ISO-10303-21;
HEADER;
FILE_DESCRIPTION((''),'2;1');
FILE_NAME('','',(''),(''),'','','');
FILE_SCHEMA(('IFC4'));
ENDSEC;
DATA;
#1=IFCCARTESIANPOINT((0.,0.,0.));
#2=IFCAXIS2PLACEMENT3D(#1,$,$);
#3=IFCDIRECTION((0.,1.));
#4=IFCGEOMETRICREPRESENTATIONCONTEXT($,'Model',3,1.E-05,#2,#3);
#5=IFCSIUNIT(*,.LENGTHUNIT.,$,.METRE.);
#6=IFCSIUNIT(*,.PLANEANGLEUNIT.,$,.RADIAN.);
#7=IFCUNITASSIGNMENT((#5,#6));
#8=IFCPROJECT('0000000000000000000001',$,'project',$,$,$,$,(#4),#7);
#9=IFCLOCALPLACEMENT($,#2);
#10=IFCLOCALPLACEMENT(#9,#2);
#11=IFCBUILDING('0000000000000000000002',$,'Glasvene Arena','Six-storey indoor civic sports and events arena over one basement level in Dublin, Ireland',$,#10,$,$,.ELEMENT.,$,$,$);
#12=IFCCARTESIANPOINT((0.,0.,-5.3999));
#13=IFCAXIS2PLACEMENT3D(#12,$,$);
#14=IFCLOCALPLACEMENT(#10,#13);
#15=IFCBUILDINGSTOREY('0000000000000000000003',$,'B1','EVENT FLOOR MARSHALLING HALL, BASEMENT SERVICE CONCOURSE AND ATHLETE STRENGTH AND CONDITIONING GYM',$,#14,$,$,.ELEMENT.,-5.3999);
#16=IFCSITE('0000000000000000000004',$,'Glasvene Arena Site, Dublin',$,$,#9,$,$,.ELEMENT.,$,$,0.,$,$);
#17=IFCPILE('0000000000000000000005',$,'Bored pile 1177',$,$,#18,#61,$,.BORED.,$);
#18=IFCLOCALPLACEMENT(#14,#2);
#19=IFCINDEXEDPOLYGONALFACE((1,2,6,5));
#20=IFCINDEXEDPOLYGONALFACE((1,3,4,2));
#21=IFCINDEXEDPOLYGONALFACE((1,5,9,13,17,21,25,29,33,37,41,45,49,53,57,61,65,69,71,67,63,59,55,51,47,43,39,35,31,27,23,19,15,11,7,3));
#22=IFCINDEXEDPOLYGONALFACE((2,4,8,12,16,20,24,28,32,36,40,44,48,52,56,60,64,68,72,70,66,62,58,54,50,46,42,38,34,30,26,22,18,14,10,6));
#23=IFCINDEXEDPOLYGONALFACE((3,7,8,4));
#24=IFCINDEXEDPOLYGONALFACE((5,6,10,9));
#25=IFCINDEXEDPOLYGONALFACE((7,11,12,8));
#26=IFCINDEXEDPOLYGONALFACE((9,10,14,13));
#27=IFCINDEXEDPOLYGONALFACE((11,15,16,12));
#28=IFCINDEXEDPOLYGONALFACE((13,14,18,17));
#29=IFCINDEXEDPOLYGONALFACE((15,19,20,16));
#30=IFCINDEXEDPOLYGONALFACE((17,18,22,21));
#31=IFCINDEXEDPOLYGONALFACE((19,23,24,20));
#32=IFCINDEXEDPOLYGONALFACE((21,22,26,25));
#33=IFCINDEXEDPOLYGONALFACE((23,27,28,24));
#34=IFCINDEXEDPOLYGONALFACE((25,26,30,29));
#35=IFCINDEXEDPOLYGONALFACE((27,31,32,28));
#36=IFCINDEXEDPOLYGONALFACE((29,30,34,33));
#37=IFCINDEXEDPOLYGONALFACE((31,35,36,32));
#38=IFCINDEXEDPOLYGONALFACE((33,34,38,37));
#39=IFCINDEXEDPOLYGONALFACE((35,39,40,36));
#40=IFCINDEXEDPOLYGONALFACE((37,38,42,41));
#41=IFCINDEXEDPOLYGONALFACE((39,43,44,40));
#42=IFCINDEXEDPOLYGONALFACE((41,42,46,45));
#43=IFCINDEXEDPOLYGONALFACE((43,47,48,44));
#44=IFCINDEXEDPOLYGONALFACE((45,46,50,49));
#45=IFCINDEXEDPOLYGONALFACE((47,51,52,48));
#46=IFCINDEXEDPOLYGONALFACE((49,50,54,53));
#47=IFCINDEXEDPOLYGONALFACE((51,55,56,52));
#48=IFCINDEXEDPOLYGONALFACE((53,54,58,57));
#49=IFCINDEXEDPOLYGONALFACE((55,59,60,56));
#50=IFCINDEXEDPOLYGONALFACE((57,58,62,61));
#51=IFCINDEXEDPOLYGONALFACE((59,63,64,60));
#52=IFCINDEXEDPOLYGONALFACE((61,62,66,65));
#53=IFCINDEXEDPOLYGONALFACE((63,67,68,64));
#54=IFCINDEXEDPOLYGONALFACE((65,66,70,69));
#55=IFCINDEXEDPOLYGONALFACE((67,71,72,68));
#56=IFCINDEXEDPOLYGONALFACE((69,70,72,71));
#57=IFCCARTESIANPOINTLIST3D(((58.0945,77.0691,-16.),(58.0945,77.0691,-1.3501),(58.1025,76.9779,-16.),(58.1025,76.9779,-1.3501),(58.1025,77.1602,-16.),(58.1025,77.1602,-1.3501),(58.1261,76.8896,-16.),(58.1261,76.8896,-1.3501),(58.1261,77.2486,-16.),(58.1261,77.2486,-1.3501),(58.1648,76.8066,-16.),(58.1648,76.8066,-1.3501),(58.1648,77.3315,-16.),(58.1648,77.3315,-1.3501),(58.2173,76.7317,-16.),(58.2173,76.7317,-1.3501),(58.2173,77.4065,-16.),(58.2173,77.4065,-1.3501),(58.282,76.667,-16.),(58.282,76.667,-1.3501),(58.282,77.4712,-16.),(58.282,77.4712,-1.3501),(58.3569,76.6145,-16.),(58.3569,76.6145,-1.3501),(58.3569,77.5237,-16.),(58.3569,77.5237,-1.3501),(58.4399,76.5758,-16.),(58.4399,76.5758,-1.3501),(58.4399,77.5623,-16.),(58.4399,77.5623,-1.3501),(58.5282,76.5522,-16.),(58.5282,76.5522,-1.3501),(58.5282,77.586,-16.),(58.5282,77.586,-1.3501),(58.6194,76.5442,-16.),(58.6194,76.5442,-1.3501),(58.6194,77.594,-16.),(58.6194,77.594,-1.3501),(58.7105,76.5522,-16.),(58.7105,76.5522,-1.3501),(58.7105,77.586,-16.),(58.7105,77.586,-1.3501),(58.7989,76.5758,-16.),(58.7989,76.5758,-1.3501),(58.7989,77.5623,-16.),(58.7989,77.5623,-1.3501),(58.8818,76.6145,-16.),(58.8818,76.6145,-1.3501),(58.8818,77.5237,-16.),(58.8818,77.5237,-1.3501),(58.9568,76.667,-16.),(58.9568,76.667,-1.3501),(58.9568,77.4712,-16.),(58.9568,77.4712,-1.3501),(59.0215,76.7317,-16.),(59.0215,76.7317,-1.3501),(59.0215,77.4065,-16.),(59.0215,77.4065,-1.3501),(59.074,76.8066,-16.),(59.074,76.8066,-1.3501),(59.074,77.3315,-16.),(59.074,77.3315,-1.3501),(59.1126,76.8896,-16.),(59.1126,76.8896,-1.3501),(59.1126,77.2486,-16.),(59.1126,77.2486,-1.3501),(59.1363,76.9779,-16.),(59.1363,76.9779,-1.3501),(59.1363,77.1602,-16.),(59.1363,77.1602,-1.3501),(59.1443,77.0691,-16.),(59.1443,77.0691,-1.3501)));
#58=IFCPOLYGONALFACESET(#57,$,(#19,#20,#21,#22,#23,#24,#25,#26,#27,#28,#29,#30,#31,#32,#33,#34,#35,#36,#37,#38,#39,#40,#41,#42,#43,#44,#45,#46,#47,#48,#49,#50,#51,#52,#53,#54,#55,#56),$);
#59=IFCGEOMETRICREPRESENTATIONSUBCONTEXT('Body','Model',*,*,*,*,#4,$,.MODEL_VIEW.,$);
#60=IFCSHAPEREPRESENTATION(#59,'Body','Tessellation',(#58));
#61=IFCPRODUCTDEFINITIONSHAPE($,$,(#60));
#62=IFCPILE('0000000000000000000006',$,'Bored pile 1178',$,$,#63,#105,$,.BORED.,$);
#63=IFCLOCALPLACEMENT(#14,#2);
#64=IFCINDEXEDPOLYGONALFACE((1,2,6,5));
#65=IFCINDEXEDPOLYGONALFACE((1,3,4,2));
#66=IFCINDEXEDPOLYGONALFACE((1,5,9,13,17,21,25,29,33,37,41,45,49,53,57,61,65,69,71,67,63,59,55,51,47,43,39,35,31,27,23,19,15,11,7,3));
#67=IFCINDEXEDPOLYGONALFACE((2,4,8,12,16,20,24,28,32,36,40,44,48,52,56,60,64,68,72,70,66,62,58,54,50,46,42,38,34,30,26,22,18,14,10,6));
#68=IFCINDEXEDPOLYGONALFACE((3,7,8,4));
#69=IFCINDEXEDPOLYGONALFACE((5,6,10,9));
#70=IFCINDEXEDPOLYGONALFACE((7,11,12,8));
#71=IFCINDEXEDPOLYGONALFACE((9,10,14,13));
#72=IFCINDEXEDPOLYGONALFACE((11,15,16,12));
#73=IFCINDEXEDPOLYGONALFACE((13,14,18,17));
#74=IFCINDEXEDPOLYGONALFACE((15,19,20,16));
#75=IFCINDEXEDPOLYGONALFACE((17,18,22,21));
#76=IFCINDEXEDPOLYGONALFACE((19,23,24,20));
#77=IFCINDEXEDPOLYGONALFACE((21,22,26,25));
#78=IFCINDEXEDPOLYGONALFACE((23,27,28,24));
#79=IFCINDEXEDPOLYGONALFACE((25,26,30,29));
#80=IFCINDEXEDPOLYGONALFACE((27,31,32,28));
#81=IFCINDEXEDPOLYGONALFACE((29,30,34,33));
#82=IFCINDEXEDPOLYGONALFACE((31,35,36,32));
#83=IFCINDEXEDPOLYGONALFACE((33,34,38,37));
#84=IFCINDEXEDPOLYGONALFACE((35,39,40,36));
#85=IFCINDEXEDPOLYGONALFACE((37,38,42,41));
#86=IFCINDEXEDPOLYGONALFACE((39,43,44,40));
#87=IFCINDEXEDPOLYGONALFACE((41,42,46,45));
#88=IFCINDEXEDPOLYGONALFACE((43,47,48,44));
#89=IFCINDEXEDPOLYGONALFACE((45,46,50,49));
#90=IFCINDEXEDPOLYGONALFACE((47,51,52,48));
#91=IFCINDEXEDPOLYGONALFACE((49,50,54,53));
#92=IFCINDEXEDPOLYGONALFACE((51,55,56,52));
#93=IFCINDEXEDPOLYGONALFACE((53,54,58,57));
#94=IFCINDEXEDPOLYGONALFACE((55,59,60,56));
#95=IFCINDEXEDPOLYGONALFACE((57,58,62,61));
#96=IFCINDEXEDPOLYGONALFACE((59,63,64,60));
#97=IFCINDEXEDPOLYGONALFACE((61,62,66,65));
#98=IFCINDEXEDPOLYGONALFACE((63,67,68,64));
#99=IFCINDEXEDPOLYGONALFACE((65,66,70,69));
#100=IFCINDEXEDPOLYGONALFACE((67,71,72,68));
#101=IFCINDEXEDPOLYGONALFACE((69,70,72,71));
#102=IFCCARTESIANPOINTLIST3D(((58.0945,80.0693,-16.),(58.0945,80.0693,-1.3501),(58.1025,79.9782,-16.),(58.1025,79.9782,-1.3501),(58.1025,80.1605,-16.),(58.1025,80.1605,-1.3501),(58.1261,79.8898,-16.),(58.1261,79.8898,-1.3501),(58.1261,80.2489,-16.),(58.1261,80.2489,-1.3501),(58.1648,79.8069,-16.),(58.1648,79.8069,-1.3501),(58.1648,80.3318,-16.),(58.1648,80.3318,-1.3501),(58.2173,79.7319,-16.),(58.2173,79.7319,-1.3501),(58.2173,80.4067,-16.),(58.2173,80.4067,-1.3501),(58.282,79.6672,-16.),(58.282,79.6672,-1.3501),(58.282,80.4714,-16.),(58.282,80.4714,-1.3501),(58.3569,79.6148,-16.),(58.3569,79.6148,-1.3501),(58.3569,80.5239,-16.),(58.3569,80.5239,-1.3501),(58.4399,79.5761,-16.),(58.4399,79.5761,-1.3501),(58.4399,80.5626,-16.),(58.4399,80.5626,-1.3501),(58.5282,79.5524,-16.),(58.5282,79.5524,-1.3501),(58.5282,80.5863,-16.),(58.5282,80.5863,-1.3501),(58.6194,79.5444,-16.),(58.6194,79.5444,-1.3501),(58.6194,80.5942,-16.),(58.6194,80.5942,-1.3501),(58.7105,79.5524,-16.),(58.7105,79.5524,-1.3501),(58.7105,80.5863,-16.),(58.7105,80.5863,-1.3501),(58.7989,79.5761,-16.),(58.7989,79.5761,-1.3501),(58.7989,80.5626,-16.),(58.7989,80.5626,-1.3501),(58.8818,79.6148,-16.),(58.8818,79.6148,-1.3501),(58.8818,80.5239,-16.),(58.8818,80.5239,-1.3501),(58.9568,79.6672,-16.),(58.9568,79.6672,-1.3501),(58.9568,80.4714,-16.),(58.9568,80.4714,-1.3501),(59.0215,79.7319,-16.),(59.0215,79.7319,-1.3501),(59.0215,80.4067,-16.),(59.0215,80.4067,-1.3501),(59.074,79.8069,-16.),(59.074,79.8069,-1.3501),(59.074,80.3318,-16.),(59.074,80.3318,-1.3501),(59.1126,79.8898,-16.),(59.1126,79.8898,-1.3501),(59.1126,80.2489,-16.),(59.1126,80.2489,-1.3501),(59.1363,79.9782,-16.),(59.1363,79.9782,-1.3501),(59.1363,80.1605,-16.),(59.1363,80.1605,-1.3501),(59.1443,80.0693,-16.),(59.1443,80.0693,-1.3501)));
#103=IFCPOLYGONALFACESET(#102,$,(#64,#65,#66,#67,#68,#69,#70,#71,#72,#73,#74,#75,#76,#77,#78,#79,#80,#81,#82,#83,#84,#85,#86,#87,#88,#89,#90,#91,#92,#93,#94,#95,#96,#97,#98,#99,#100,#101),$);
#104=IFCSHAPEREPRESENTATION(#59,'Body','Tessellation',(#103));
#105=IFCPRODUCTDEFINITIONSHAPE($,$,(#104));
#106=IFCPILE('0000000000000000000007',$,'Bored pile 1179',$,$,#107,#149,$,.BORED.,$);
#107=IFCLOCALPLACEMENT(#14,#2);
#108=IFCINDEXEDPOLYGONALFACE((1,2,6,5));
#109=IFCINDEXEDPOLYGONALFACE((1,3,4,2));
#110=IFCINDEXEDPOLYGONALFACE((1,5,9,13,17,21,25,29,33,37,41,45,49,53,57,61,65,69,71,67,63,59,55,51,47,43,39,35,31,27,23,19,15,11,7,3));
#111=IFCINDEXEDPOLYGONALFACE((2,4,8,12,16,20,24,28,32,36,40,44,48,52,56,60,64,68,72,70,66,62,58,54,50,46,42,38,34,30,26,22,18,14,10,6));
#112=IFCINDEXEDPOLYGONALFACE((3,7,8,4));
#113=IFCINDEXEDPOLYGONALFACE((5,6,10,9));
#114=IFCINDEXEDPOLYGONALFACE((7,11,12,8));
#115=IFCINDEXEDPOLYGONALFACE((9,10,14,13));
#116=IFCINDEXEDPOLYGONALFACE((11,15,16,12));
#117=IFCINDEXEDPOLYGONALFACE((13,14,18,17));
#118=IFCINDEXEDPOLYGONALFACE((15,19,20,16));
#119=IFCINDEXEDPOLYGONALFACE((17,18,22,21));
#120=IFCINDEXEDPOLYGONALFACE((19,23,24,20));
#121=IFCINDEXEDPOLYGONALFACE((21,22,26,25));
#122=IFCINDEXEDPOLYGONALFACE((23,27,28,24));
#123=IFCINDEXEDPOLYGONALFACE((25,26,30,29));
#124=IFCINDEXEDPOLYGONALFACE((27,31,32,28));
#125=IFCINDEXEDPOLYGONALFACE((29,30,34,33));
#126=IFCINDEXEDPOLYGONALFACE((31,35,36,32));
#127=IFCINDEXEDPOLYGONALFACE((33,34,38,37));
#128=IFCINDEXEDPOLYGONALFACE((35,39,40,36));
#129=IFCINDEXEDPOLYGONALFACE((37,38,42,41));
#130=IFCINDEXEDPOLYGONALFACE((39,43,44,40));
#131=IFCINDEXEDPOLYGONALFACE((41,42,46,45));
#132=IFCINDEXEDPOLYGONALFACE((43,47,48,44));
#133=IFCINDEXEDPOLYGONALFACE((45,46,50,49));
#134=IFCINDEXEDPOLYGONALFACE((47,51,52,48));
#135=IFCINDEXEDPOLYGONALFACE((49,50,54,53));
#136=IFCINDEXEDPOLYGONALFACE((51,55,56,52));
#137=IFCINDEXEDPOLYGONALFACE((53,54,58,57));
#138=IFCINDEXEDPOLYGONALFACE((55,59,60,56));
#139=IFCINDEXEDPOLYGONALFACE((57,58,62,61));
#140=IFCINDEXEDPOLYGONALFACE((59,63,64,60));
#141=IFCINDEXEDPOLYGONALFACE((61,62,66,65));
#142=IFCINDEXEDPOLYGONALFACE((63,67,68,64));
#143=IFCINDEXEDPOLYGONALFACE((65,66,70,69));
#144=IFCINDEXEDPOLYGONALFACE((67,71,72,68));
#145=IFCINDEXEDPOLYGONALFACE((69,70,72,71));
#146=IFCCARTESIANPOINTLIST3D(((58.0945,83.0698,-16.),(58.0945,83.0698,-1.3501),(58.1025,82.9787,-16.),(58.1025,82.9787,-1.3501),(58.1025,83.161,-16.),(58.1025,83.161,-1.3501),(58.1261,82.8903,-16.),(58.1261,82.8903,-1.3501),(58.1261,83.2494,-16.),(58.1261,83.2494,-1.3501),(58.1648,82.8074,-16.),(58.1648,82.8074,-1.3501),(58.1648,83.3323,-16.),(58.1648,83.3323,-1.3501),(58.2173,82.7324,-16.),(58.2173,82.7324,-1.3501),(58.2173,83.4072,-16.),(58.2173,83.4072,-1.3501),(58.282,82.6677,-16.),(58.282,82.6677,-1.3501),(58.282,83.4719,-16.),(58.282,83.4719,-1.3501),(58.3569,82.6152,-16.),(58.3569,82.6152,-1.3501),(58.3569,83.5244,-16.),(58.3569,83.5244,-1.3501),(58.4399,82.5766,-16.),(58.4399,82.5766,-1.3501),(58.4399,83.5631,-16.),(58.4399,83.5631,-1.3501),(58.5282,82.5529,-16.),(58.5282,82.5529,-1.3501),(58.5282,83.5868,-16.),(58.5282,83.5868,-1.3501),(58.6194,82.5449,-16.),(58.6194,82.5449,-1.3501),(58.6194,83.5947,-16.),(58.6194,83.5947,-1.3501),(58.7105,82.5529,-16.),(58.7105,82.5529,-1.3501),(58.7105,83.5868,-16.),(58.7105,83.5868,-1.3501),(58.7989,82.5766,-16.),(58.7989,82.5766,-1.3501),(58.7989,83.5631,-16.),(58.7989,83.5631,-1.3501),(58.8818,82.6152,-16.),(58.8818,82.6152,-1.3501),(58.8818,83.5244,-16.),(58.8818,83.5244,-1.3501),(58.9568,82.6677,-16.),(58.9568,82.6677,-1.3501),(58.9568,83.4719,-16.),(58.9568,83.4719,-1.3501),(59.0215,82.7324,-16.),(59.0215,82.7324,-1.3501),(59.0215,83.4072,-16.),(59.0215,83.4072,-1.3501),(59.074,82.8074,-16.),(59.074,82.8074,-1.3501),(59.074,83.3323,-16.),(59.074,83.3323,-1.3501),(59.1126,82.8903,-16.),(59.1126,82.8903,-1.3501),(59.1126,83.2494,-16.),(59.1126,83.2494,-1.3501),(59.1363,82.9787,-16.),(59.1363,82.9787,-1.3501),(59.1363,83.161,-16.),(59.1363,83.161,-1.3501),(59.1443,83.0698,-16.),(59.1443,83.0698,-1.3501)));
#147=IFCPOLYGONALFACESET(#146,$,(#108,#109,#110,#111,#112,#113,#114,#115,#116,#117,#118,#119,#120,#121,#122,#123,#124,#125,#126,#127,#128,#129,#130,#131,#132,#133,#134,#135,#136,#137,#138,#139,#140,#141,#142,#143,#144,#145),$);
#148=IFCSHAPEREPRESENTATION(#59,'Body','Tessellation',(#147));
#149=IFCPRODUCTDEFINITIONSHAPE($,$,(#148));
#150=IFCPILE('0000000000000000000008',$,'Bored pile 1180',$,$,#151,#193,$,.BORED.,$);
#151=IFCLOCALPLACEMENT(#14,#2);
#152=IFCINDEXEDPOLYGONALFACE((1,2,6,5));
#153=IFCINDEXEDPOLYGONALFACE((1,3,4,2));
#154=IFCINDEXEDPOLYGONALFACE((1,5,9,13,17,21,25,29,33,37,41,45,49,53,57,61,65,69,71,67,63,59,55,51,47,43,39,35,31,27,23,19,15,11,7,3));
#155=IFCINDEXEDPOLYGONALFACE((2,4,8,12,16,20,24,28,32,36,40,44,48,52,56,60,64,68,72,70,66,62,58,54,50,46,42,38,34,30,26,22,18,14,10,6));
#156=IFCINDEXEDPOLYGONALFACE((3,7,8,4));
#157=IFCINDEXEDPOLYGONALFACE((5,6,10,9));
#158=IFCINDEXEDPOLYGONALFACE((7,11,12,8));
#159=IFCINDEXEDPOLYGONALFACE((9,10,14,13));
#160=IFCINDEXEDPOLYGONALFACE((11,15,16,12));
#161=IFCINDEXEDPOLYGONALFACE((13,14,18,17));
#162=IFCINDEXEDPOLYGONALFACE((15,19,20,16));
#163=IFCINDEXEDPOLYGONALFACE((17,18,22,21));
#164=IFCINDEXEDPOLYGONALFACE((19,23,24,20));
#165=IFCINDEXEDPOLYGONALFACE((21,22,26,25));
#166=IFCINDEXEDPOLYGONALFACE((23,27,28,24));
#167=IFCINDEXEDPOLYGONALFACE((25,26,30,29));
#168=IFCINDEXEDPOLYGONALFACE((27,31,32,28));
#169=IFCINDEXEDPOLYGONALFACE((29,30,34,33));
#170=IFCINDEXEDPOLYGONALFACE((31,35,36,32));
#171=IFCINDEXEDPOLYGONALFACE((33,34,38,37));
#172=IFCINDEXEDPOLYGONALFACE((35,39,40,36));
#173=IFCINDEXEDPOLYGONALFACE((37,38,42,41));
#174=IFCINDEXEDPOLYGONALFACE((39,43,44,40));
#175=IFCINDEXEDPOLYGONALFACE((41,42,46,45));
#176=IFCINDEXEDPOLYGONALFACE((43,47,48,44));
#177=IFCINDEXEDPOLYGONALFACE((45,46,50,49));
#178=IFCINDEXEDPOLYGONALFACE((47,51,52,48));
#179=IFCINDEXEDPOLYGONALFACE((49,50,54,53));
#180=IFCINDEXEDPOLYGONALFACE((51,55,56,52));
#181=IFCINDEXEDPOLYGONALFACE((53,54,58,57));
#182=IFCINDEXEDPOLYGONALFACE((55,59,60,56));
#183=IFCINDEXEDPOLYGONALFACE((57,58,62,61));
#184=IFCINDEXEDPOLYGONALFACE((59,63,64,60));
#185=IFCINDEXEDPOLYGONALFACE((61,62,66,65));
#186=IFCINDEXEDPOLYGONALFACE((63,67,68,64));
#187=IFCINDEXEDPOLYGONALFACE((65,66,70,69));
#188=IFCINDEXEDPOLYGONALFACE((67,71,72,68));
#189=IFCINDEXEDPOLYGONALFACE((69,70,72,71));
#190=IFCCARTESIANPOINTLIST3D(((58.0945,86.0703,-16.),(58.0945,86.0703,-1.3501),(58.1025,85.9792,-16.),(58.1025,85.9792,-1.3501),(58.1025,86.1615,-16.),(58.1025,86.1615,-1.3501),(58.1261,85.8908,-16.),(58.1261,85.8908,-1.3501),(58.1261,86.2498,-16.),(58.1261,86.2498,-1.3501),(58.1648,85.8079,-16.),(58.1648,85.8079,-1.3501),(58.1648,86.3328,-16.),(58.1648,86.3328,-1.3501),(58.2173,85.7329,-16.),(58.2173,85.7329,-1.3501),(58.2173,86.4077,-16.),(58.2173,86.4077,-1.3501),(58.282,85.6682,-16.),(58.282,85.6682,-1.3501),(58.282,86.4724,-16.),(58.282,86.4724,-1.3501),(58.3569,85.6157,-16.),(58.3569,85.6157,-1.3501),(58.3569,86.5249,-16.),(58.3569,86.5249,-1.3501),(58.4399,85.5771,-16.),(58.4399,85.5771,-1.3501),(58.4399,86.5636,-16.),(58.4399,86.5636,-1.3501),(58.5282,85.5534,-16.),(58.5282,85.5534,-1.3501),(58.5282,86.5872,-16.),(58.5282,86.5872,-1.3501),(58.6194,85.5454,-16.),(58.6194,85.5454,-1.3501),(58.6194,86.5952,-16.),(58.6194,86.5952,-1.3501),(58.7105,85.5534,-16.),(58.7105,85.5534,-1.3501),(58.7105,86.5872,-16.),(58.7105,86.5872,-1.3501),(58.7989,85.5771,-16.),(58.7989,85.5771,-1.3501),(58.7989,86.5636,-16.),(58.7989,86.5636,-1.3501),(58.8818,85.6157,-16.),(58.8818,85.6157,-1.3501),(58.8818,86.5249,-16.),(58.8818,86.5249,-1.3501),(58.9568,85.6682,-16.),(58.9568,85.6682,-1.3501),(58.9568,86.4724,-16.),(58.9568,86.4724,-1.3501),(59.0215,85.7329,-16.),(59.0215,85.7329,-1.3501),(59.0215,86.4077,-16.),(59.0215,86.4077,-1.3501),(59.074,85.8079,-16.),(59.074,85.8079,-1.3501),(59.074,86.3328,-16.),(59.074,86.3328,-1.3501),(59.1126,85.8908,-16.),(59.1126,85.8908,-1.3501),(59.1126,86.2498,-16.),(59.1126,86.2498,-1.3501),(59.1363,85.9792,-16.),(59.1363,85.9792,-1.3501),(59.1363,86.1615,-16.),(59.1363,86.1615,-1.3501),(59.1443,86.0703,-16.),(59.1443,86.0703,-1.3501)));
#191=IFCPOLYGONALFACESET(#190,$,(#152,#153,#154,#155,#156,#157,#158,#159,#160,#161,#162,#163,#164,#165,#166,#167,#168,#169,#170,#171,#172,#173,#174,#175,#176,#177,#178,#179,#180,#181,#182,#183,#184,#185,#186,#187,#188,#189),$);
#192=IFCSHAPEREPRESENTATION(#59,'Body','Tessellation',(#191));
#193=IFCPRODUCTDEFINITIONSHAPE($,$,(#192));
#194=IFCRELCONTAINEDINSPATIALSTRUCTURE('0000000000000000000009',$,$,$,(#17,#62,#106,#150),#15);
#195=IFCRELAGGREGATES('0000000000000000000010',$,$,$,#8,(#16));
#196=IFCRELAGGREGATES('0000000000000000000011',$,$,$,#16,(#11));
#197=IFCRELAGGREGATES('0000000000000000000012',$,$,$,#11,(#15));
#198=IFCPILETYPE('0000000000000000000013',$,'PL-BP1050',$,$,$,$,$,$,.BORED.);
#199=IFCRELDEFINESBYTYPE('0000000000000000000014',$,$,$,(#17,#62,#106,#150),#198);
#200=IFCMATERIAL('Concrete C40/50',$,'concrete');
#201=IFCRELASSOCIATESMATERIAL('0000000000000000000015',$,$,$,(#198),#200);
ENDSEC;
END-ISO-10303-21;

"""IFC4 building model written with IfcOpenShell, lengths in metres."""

from ifc_helpers import new_model, si_unit, direction, frame, origin, origin_2d, place, context, subcontext, project, spatial, circle, extrude, material, material_profile, profile_set, type_object, element, save


model = new_model("IFC4")

# Units and contexts
model_context = context("Model", 3, precision=1e-05, world=origin(), true_north=direction((0.0, 1.0)))
body_context = subcontext(model_context, "Body", "Model", "MODEL_VIEW")
ifc_project = project(units=[si_unit("LENGTHUNIT", "METRE"), si_unit("PLANEANGLEUNIT", "RADIAN")], contexts=[model_context])

# Site, building, storey
site_placement = place(None, origin())
site = spatial("IfcSite", under=ifc_project, at=site_placement, Name="Glasvene Arena Site, Dublin", CompositionType="ELEMENT", RefElevation=0.0)
building_placement = place(site_placement, origin())
building = spatial("IfcBuilding", under=site, at=building_placement, Name="Glasvene Arena", Description="Six-storey indoor civic sports and events arena over one basement level in Dublin, Ireland", CompositionType="ELEMENT")
storey_placement = place(building_placement, frame((0.0, 0.0, -5.3999)))
storey = spatial("IfcBuildingStorey", under=building, at=storey_placement, Name="B1", Description="EVENT FLOOR MARSHALLING HALL, BASEMENT SERVICE CONCOURSE AND ATHLETE STRENGTH AND CONDITIONING GYM", CompositionType="ELEMENT", Elevation=-5.3999)

# Piles
ifc_material_1 = material(Name="Concrete C40/50", Category="concrete")
ifc_material_profile_1 = material_profile(ifc_material_1, circle(Radius=0.5249, at=origin_2d()), Name="BORED PILE 1050")
ifc_profile_set_1 = profile_set([ifc_material_profile_1], Name="Concrete C40/50")
pile_type = type_object("IfcPileType", Name="PL-BP1050", PredefinedType="BORED", material=ifc_profile_set_1)
for number, where, z_axis, x_axis, name in (
    (1, (58.6194, 77.0691, -1.3501), (0.0, 0.0, -1.0), (1.0, 0.0, 0.0), "Bored pile 1177"),
    (2, (58.6194, 80.0693, -1.3501), (0.0, 0.0, -1.0), (1.0, 0.0, 0.0), "Bored pile 1178"),
    (3, (58.6194, 83.0698, -1.3501), (0.0, 0.0, -1.0), (1.0, 0.0, 0.0), "Bored pile 1179"),
    (4, (58.6194, 86.0703, -1.3501), (0.0, 0.0, -1.0), (1.0, 0.0, 0.0), "Bored pile 1180"),
):
    element("IfcPile", number, at=place(storey_placement, frame(where, z_axis=z_axis, x_axis=x_axis)), inside=storey, type_object=pile_type, Name=name, PredefinedType="BORED", context=body_context, shape_type="SweptSolid", body=[
        extrude(circle(Radius=0.5249, at=origin_2d()), origin(), (0.0, 0.0, 1.0), 14.6499),
    ])

save(model, "model.ifc")
